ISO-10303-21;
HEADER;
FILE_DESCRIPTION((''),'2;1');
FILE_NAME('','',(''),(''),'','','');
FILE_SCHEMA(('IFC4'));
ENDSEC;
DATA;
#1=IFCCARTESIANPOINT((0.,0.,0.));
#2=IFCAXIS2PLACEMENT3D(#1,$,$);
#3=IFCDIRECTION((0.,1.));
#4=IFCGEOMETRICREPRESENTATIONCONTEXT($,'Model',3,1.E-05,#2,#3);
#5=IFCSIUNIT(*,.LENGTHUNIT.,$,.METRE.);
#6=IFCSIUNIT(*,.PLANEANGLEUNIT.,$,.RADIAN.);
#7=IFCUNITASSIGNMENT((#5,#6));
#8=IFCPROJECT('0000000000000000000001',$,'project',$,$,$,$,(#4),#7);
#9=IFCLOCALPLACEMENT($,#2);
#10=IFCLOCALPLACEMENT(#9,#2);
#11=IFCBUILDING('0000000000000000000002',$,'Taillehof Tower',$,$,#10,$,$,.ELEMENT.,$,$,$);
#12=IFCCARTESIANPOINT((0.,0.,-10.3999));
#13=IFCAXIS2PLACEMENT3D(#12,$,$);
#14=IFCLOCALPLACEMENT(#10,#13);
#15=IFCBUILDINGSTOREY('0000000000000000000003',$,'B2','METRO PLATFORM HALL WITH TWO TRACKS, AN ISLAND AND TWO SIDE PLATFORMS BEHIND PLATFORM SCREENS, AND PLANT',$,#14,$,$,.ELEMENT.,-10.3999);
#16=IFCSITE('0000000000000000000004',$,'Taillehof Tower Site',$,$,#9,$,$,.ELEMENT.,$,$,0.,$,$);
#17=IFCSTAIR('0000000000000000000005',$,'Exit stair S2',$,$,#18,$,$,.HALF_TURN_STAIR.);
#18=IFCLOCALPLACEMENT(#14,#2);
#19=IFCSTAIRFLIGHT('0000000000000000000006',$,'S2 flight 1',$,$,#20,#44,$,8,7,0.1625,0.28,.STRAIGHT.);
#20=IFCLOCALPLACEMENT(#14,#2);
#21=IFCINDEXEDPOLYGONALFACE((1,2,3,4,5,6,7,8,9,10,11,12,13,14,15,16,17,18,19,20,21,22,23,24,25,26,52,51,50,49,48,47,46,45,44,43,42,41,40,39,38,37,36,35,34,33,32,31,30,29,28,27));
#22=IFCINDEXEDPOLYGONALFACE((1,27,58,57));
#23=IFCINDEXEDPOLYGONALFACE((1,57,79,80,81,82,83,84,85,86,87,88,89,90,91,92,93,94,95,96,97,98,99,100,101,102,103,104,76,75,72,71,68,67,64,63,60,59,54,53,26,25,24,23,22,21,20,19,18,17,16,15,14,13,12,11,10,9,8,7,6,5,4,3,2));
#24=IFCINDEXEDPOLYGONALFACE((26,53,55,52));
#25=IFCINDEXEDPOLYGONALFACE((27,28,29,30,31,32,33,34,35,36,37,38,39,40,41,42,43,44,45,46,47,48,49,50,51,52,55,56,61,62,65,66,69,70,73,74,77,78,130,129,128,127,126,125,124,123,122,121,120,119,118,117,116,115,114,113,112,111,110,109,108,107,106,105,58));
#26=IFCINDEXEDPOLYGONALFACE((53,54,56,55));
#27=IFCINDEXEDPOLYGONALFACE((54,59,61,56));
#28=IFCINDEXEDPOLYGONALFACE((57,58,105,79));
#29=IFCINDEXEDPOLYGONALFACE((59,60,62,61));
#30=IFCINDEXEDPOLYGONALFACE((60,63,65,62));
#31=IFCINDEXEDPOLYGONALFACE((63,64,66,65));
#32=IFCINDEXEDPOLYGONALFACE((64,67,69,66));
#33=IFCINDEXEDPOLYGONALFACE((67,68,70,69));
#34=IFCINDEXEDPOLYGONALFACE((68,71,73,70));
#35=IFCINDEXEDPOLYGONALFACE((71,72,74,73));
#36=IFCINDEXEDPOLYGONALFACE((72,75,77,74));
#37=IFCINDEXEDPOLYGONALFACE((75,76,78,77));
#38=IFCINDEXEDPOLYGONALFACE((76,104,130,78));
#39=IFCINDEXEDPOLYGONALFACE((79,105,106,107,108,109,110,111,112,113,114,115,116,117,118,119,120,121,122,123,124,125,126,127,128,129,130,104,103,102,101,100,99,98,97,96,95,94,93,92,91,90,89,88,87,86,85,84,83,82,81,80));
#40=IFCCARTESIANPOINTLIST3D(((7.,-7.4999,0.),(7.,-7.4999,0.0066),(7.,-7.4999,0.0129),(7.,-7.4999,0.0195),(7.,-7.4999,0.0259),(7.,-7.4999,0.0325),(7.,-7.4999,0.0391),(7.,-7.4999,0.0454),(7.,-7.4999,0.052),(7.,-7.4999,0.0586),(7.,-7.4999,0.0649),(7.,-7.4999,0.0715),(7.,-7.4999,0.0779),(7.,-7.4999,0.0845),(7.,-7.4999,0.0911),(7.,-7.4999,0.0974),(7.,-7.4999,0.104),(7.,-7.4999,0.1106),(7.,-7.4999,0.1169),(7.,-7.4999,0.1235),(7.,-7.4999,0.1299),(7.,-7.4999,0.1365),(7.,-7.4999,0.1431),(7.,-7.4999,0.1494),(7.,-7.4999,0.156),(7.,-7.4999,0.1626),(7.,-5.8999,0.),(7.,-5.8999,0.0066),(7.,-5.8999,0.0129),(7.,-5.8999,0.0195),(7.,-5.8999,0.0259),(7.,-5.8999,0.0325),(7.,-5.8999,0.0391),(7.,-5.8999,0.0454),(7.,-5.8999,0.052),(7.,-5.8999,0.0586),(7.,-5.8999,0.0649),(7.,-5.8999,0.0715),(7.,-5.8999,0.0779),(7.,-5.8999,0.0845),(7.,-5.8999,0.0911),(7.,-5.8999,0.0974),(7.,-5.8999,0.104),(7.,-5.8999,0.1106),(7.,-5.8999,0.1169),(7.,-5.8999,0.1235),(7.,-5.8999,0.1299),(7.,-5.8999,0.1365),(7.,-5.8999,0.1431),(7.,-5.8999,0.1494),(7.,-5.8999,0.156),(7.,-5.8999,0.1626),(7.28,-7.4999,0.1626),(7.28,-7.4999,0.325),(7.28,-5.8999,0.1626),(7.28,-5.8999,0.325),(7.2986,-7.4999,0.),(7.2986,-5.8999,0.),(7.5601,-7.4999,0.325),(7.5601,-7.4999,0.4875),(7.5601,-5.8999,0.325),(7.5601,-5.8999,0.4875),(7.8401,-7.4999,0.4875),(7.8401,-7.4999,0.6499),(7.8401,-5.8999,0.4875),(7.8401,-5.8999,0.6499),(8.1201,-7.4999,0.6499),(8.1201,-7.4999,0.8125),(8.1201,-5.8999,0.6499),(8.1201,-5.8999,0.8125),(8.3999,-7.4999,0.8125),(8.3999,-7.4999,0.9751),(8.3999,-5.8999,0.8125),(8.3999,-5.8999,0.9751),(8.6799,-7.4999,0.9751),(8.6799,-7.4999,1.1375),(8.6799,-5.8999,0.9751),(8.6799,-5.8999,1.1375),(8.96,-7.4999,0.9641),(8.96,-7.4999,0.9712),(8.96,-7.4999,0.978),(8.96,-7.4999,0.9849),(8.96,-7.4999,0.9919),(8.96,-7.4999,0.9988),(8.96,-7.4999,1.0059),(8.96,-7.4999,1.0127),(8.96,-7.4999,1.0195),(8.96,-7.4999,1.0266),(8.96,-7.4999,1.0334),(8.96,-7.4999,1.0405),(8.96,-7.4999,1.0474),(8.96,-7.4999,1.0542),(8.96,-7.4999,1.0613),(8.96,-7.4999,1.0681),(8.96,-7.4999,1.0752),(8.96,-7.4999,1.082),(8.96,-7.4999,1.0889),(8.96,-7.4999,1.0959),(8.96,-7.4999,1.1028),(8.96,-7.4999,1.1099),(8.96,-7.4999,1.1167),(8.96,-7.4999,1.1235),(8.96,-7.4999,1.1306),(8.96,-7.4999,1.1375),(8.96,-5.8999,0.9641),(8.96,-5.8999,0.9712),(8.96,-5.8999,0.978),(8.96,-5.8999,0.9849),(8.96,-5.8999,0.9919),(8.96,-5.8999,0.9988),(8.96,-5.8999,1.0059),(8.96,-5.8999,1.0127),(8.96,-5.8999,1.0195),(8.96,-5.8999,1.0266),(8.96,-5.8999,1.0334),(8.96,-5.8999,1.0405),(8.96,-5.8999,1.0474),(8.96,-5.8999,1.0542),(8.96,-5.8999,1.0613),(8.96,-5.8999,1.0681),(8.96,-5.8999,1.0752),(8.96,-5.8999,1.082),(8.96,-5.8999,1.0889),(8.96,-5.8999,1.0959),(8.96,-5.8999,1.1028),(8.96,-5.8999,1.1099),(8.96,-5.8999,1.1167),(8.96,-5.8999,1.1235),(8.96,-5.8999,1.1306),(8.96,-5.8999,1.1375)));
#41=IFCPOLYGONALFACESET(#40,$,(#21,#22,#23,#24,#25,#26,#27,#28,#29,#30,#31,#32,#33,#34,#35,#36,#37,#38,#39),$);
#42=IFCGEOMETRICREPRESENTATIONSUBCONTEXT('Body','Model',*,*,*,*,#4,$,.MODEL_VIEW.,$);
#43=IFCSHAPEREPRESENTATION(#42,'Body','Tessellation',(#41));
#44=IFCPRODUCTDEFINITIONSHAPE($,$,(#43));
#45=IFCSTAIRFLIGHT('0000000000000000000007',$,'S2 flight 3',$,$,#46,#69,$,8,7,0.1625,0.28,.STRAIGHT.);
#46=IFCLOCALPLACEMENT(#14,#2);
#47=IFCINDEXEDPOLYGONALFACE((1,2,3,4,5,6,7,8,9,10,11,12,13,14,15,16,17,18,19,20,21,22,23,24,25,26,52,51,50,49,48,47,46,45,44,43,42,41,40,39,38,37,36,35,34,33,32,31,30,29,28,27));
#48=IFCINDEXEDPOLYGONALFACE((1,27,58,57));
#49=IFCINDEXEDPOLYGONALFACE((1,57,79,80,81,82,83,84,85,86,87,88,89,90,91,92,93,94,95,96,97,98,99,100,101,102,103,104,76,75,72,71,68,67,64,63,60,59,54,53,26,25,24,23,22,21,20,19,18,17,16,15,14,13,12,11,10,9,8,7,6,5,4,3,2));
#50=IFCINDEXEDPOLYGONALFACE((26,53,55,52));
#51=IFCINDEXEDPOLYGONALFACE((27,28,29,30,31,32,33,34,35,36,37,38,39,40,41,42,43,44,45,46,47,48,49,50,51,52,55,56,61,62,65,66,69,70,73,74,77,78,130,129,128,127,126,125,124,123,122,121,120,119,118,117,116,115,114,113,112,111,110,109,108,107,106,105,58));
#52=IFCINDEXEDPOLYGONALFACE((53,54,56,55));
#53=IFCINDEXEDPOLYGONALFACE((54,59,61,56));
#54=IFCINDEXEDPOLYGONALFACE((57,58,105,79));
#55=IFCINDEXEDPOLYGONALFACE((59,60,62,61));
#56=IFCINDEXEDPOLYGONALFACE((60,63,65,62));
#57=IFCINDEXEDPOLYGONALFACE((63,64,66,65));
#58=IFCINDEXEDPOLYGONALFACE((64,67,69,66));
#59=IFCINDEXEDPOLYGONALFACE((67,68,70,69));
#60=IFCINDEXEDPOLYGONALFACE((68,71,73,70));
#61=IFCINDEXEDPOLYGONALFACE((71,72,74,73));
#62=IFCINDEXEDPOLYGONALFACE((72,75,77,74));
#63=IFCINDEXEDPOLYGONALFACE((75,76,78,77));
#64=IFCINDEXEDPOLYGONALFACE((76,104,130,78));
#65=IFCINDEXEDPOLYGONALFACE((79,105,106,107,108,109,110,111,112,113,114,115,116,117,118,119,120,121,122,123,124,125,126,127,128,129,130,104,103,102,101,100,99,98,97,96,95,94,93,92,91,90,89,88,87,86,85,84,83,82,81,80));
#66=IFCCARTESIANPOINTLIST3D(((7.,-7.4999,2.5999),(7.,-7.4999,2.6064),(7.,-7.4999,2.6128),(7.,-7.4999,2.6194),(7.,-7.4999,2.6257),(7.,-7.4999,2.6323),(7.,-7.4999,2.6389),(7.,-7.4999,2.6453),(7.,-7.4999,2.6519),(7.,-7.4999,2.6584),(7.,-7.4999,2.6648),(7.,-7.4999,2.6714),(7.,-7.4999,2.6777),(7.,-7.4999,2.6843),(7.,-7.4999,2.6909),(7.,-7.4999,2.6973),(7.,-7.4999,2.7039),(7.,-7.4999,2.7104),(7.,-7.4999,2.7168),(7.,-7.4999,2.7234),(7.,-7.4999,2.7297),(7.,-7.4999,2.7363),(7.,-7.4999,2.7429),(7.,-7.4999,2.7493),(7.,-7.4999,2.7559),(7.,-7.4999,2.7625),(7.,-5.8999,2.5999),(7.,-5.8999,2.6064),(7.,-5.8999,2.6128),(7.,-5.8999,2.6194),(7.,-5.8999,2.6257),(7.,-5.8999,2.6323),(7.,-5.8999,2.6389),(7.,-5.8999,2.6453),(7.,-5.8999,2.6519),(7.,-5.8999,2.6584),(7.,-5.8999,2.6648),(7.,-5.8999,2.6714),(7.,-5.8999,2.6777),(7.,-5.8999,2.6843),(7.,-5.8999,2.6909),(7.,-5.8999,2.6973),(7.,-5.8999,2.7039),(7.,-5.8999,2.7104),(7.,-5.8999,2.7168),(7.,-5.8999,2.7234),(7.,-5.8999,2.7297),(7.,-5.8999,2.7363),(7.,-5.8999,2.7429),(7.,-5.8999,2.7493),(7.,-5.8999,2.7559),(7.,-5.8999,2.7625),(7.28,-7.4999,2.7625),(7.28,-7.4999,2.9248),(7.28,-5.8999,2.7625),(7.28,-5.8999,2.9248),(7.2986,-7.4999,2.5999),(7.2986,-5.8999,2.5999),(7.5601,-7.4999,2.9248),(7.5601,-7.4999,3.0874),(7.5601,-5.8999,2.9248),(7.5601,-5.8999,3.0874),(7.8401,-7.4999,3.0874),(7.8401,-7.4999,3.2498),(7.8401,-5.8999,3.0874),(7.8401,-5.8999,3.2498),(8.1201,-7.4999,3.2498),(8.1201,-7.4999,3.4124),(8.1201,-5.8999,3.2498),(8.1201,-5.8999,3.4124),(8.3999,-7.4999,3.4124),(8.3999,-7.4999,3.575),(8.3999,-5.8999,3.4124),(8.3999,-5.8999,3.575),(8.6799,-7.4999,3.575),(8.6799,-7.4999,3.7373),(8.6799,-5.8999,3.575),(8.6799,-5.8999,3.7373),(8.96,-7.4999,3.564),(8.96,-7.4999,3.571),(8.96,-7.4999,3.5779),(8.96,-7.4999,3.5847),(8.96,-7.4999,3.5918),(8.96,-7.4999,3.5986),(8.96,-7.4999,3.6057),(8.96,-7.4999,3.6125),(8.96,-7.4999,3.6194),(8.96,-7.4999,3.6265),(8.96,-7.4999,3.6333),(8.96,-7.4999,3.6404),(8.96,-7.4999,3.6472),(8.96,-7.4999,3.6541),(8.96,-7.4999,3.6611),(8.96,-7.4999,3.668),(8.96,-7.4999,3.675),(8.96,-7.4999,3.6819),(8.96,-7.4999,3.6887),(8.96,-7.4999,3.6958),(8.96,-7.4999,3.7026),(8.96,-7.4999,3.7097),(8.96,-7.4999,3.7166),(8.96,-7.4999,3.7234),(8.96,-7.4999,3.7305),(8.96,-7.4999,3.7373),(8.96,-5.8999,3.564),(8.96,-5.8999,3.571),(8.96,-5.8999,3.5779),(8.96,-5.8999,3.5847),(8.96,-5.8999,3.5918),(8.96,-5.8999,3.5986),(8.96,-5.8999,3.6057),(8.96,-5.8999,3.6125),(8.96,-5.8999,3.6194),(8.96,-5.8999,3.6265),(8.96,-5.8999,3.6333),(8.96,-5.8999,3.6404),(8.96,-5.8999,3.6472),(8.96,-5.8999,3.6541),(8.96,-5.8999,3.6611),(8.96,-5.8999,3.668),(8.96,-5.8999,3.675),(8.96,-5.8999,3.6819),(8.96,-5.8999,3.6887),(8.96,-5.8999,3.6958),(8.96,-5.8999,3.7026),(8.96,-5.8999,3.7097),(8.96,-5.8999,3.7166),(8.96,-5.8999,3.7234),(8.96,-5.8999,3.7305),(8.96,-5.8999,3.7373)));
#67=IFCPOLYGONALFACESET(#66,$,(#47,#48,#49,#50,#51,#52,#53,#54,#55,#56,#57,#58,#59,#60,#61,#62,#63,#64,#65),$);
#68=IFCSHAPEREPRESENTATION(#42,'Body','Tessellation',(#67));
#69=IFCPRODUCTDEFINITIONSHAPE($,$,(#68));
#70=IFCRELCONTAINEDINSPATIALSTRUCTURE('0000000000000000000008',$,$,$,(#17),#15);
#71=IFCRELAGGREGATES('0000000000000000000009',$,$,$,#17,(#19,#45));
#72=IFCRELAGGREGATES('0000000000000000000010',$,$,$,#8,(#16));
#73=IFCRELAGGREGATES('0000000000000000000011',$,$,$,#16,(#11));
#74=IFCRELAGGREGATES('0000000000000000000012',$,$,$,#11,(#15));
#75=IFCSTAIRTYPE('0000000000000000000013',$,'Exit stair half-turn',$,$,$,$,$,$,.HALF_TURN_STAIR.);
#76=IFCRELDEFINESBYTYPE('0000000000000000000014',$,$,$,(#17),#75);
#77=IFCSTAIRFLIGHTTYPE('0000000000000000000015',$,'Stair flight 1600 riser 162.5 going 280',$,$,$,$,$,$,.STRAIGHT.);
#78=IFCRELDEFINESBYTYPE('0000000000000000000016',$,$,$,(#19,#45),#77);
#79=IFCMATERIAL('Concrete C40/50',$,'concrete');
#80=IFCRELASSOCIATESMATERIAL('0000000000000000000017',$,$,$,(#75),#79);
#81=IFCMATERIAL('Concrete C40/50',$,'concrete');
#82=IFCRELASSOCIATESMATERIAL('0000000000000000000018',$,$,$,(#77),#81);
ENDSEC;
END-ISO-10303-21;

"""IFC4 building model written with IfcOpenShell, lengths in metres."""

from ifc_helpers import new_model, si_unit, direction, frame, origin, place, context, subcontext, project, spatial, polyline, outline, extrude, material, type_object, element, aggregate, save


model = new_model("IFC4")

# Units and contexts
model_context = context("Model", 3, precision=1e-05, world=origin(), true_north=direction((0.0, 1.0)))
body_context = subcontext(model_context, "Body", "Model", "MODEL_VIEW")
ifc_project = project(units=[si_unit("LENGTHUNIT", "METRE"), si_unit("PLANEANGLEUNIT", "RADIAN")], contexts=[model_context])

# Site, building, storey
site_placement = place(None, origin())
site = spatial("IfcSite", under=ifc_project, at=site_placement, Name="Taillehof Tower Site", CompositionType="ELEMENT", RefElevation=0.0)
building_placement = place(site_placement, origin())
building = spatial("IfcBuilding", under=site, at=building_placement, Name="Taillehof Tower", CompositionType="ELEMENT")
storey_placement = place(building_placement, frame((0.0, 0.0, -10.3999)))
storey = spatial("IfcBuildingStorey", under=building, at=storey_placement, Name="B2", Description="METRO PLATFORM HALL WITH TWO TRACKS, AN ISLAND AND TWO SIDE PLATFORMS BEHIND PLATFORM SCREENS, AND PLANT", CompositionType="ELEMENT", Elevation=-10.3999)

# Stair, stair flights
ifc_material_1 = material(Name="Concrete C40/50", Category="concrete")
stair_type = type_object("IfcStairType", Name="Exit stair half-turn", PredefinedType="HALF_TURN_STAIR", material=ifc_material_1)
stair_placement = place(storey_placement, origin())
stair = element("IfcStair", 1, at=stair_placement, inside=storey, type_object=stair_type, Name="Exit stair S2", PredefinedType="HALF_TURN_STAIR")
ifc_material_2 = material(Name="Concrete C40/50", Category="concrete")
stair_flight_type = type_object("IfcStairFlightType", Name="Stair flight 1600 riser 162.5 going 280", PredefinedType="STRAIGHT", material=ifc_material_2)
stair_flight_1_placement = place(storey_placement, frame((7.0, -6.7, 0.0), z_axis=(0.0, 0.0, 1.0), x_axis=(1.0, 0.0, 0.0)))
stair_flight_1 = element("IfcStairFlight", 2, at=stair_flight_1_placement, type_object=stair_flight_type, Name="S2 flight 1", NumberOfRisers=8, NumberOfTreads=7, PredefinedType="STRAIGHT", RiserHeight=0.1625, TreadLength=0.28, context=body_context, shape_type="SweptSolid", body=[
    extrude(outline(polyline([(0.0, 0.0), (0.0, 0.0066), (0.0, 0.0129), (0.0, 0.0195), (0.0, 0.0259), (0.0, 0.0325), (0.0, 0.0391), (0.0, 0.0454), (0.0, 0.052), (0.0, 0.0586), (0.0, 0.0649), (0.0, 0.0715), (0.0, 0.0779), (0.0, 0.0845), (0.0, 0.0911), (0.0, 0.0974), (0.0, 0.104), (0.0, 0.1106), (0.0, 0.1169), (0.0, 0.1235), (0.0, 0.1299), (0.0, 0.1365), (0.0, 0.1431), (0.0, 0.1494), (0.0, 0.156), (0.0, 0.1626), (0.28, 0.1626), (0.28, 0.325), (0.5601, 0.325), (0.5601, 0.4875), (0.8401, 0.4875), (0.8401, 0.6499), (1.1201, 0.6499), (1.1201, 0.8125), (1.3999, 0.8125), (1.3999, 0.9751), (1.6799, 0.9751), (1.6799, 1.1375), (1.96, 1.1375), (1.96, 1.1306), (1.96, 1.1235), (1.96, 1.1167), (1.96, 1.1099), (1.96, 1.1028), (1.96, 1.0959), (1.96, 1.0889), (1.96, 1.082), (1.96, 1.0752), (1.96, 1.0681), (1.96, 1.0613), (1.96, 1.0542), (1.96, 1.0474), (1.96, 1.0405), (1.96, 1.0334), (1.96, 1.0266), (1.96, 1.0195), (1.96, 1.0127), (1.96, 1.0059), (1.96, 0.9988), (1.96, 0.9919), (1.96, 0.9849), (1.96, 0.978), (1.96, 0.9712), (1.96, 0.9641), (0.2986, 0.0), (0.0, 0.0)])), frame((0.0, 0.8, 0.0), z_axis=(0.0, -1.0, 0.0), x_axis=(1.0, 0.0, 0.0)), (0.0, 0.0, 1.0), 1.6),
])
stair_flight_2_placement = place(storey_placement, frame((7.0, -6.7, 2.5999), z_axis=(0.0, 0.0, 1.0), x_axis=(1.0, 0.0, 0.0)))
stair_flight_2 = element("IfcStairFlight", 3, at=stair_flight_2_placement, type_object=stair_flight_type, Name="S2 flight 3", NumberOfRisers=8, NumberOfTreads=7, PredefinedType="STRAIGHT", RiserHeight=0.1625, TreadLength=0.28, context=body_context, shape_type="SweptSolid", body=[
    extrude(outline(polyline([(0.0, 0.0), (0.0, 0.0066), (0.0, 0.0129), (0.0, 0.0195), (0.0, 0.0259), (0.0, 0.0325), (0.0, 0.0391), (0.0, 0.0454), (0.0, 0.052), (0.0, 0.0586), (0.0, 0.0649), (0.0, 0.0715), (0.0, 0.0779), (0.0, 0.0845), (0.0, 0.0911), (0.0, 0.0974), (0.0, 0.104), (0.0, 0.1106), (0.0, 0.1169), (0.0, 0.1235), (0.0, 0.1299), (0.0, 0.1365), (0.0, 0.1431), (0.0, 0.1494), (0.0, 0.156), (0.0, 0.1626), (0.28, 0.1626), (0.28, 0.325), (0.5601, 0.325), (0.5601, 0.4875), (0.8401, 0.4875), (0.8401, 0.6499), (1.1201, 0.6499), (1.1201, 0.8125), (1.3999, 0.8125), (1.3999, 0.9751), (1.6799, 0.9751), (1.6799, 1.1375), (1.96, 1.1375), (1.96, 1.1306), (1.96, 1.1235), (1.96, 1.1167), (1.96, 1.1099), (1.96, 1.1028), (1.96, 1.0959), (1.96, 1.0889), (1.96, 1.082), (1.96, 1.0752), (1.96, 1.0681), (1.96, 1.0613), (1.96, 1.0542), (1.96, 1.0474), (1.96, 1.0405), (1.96, 1.0334), (1.96, 1.0266), (1.96, 1.0195), (1.96, 1.0127), (1.96, 1.0059), (1.96, 0.9988), (1.96, 0.9919), (1.96, 0.9849), (1.96, 0.978), (1.96, 0.9712), (1.96, 0.9641), (0.2986, 0.0), (0.0, 0.0)])), frame((0.0, 0.8, 0.0), z_axis=(0.0, -1.0, 0.0), x_axis=(1.0, 0.0, 0.0)), (0.0, 0.0, 1.0), 1.6),
])
aggregate(stair, [stair_flight_1, stair_flight_2])

save(model, "model.ifc")
